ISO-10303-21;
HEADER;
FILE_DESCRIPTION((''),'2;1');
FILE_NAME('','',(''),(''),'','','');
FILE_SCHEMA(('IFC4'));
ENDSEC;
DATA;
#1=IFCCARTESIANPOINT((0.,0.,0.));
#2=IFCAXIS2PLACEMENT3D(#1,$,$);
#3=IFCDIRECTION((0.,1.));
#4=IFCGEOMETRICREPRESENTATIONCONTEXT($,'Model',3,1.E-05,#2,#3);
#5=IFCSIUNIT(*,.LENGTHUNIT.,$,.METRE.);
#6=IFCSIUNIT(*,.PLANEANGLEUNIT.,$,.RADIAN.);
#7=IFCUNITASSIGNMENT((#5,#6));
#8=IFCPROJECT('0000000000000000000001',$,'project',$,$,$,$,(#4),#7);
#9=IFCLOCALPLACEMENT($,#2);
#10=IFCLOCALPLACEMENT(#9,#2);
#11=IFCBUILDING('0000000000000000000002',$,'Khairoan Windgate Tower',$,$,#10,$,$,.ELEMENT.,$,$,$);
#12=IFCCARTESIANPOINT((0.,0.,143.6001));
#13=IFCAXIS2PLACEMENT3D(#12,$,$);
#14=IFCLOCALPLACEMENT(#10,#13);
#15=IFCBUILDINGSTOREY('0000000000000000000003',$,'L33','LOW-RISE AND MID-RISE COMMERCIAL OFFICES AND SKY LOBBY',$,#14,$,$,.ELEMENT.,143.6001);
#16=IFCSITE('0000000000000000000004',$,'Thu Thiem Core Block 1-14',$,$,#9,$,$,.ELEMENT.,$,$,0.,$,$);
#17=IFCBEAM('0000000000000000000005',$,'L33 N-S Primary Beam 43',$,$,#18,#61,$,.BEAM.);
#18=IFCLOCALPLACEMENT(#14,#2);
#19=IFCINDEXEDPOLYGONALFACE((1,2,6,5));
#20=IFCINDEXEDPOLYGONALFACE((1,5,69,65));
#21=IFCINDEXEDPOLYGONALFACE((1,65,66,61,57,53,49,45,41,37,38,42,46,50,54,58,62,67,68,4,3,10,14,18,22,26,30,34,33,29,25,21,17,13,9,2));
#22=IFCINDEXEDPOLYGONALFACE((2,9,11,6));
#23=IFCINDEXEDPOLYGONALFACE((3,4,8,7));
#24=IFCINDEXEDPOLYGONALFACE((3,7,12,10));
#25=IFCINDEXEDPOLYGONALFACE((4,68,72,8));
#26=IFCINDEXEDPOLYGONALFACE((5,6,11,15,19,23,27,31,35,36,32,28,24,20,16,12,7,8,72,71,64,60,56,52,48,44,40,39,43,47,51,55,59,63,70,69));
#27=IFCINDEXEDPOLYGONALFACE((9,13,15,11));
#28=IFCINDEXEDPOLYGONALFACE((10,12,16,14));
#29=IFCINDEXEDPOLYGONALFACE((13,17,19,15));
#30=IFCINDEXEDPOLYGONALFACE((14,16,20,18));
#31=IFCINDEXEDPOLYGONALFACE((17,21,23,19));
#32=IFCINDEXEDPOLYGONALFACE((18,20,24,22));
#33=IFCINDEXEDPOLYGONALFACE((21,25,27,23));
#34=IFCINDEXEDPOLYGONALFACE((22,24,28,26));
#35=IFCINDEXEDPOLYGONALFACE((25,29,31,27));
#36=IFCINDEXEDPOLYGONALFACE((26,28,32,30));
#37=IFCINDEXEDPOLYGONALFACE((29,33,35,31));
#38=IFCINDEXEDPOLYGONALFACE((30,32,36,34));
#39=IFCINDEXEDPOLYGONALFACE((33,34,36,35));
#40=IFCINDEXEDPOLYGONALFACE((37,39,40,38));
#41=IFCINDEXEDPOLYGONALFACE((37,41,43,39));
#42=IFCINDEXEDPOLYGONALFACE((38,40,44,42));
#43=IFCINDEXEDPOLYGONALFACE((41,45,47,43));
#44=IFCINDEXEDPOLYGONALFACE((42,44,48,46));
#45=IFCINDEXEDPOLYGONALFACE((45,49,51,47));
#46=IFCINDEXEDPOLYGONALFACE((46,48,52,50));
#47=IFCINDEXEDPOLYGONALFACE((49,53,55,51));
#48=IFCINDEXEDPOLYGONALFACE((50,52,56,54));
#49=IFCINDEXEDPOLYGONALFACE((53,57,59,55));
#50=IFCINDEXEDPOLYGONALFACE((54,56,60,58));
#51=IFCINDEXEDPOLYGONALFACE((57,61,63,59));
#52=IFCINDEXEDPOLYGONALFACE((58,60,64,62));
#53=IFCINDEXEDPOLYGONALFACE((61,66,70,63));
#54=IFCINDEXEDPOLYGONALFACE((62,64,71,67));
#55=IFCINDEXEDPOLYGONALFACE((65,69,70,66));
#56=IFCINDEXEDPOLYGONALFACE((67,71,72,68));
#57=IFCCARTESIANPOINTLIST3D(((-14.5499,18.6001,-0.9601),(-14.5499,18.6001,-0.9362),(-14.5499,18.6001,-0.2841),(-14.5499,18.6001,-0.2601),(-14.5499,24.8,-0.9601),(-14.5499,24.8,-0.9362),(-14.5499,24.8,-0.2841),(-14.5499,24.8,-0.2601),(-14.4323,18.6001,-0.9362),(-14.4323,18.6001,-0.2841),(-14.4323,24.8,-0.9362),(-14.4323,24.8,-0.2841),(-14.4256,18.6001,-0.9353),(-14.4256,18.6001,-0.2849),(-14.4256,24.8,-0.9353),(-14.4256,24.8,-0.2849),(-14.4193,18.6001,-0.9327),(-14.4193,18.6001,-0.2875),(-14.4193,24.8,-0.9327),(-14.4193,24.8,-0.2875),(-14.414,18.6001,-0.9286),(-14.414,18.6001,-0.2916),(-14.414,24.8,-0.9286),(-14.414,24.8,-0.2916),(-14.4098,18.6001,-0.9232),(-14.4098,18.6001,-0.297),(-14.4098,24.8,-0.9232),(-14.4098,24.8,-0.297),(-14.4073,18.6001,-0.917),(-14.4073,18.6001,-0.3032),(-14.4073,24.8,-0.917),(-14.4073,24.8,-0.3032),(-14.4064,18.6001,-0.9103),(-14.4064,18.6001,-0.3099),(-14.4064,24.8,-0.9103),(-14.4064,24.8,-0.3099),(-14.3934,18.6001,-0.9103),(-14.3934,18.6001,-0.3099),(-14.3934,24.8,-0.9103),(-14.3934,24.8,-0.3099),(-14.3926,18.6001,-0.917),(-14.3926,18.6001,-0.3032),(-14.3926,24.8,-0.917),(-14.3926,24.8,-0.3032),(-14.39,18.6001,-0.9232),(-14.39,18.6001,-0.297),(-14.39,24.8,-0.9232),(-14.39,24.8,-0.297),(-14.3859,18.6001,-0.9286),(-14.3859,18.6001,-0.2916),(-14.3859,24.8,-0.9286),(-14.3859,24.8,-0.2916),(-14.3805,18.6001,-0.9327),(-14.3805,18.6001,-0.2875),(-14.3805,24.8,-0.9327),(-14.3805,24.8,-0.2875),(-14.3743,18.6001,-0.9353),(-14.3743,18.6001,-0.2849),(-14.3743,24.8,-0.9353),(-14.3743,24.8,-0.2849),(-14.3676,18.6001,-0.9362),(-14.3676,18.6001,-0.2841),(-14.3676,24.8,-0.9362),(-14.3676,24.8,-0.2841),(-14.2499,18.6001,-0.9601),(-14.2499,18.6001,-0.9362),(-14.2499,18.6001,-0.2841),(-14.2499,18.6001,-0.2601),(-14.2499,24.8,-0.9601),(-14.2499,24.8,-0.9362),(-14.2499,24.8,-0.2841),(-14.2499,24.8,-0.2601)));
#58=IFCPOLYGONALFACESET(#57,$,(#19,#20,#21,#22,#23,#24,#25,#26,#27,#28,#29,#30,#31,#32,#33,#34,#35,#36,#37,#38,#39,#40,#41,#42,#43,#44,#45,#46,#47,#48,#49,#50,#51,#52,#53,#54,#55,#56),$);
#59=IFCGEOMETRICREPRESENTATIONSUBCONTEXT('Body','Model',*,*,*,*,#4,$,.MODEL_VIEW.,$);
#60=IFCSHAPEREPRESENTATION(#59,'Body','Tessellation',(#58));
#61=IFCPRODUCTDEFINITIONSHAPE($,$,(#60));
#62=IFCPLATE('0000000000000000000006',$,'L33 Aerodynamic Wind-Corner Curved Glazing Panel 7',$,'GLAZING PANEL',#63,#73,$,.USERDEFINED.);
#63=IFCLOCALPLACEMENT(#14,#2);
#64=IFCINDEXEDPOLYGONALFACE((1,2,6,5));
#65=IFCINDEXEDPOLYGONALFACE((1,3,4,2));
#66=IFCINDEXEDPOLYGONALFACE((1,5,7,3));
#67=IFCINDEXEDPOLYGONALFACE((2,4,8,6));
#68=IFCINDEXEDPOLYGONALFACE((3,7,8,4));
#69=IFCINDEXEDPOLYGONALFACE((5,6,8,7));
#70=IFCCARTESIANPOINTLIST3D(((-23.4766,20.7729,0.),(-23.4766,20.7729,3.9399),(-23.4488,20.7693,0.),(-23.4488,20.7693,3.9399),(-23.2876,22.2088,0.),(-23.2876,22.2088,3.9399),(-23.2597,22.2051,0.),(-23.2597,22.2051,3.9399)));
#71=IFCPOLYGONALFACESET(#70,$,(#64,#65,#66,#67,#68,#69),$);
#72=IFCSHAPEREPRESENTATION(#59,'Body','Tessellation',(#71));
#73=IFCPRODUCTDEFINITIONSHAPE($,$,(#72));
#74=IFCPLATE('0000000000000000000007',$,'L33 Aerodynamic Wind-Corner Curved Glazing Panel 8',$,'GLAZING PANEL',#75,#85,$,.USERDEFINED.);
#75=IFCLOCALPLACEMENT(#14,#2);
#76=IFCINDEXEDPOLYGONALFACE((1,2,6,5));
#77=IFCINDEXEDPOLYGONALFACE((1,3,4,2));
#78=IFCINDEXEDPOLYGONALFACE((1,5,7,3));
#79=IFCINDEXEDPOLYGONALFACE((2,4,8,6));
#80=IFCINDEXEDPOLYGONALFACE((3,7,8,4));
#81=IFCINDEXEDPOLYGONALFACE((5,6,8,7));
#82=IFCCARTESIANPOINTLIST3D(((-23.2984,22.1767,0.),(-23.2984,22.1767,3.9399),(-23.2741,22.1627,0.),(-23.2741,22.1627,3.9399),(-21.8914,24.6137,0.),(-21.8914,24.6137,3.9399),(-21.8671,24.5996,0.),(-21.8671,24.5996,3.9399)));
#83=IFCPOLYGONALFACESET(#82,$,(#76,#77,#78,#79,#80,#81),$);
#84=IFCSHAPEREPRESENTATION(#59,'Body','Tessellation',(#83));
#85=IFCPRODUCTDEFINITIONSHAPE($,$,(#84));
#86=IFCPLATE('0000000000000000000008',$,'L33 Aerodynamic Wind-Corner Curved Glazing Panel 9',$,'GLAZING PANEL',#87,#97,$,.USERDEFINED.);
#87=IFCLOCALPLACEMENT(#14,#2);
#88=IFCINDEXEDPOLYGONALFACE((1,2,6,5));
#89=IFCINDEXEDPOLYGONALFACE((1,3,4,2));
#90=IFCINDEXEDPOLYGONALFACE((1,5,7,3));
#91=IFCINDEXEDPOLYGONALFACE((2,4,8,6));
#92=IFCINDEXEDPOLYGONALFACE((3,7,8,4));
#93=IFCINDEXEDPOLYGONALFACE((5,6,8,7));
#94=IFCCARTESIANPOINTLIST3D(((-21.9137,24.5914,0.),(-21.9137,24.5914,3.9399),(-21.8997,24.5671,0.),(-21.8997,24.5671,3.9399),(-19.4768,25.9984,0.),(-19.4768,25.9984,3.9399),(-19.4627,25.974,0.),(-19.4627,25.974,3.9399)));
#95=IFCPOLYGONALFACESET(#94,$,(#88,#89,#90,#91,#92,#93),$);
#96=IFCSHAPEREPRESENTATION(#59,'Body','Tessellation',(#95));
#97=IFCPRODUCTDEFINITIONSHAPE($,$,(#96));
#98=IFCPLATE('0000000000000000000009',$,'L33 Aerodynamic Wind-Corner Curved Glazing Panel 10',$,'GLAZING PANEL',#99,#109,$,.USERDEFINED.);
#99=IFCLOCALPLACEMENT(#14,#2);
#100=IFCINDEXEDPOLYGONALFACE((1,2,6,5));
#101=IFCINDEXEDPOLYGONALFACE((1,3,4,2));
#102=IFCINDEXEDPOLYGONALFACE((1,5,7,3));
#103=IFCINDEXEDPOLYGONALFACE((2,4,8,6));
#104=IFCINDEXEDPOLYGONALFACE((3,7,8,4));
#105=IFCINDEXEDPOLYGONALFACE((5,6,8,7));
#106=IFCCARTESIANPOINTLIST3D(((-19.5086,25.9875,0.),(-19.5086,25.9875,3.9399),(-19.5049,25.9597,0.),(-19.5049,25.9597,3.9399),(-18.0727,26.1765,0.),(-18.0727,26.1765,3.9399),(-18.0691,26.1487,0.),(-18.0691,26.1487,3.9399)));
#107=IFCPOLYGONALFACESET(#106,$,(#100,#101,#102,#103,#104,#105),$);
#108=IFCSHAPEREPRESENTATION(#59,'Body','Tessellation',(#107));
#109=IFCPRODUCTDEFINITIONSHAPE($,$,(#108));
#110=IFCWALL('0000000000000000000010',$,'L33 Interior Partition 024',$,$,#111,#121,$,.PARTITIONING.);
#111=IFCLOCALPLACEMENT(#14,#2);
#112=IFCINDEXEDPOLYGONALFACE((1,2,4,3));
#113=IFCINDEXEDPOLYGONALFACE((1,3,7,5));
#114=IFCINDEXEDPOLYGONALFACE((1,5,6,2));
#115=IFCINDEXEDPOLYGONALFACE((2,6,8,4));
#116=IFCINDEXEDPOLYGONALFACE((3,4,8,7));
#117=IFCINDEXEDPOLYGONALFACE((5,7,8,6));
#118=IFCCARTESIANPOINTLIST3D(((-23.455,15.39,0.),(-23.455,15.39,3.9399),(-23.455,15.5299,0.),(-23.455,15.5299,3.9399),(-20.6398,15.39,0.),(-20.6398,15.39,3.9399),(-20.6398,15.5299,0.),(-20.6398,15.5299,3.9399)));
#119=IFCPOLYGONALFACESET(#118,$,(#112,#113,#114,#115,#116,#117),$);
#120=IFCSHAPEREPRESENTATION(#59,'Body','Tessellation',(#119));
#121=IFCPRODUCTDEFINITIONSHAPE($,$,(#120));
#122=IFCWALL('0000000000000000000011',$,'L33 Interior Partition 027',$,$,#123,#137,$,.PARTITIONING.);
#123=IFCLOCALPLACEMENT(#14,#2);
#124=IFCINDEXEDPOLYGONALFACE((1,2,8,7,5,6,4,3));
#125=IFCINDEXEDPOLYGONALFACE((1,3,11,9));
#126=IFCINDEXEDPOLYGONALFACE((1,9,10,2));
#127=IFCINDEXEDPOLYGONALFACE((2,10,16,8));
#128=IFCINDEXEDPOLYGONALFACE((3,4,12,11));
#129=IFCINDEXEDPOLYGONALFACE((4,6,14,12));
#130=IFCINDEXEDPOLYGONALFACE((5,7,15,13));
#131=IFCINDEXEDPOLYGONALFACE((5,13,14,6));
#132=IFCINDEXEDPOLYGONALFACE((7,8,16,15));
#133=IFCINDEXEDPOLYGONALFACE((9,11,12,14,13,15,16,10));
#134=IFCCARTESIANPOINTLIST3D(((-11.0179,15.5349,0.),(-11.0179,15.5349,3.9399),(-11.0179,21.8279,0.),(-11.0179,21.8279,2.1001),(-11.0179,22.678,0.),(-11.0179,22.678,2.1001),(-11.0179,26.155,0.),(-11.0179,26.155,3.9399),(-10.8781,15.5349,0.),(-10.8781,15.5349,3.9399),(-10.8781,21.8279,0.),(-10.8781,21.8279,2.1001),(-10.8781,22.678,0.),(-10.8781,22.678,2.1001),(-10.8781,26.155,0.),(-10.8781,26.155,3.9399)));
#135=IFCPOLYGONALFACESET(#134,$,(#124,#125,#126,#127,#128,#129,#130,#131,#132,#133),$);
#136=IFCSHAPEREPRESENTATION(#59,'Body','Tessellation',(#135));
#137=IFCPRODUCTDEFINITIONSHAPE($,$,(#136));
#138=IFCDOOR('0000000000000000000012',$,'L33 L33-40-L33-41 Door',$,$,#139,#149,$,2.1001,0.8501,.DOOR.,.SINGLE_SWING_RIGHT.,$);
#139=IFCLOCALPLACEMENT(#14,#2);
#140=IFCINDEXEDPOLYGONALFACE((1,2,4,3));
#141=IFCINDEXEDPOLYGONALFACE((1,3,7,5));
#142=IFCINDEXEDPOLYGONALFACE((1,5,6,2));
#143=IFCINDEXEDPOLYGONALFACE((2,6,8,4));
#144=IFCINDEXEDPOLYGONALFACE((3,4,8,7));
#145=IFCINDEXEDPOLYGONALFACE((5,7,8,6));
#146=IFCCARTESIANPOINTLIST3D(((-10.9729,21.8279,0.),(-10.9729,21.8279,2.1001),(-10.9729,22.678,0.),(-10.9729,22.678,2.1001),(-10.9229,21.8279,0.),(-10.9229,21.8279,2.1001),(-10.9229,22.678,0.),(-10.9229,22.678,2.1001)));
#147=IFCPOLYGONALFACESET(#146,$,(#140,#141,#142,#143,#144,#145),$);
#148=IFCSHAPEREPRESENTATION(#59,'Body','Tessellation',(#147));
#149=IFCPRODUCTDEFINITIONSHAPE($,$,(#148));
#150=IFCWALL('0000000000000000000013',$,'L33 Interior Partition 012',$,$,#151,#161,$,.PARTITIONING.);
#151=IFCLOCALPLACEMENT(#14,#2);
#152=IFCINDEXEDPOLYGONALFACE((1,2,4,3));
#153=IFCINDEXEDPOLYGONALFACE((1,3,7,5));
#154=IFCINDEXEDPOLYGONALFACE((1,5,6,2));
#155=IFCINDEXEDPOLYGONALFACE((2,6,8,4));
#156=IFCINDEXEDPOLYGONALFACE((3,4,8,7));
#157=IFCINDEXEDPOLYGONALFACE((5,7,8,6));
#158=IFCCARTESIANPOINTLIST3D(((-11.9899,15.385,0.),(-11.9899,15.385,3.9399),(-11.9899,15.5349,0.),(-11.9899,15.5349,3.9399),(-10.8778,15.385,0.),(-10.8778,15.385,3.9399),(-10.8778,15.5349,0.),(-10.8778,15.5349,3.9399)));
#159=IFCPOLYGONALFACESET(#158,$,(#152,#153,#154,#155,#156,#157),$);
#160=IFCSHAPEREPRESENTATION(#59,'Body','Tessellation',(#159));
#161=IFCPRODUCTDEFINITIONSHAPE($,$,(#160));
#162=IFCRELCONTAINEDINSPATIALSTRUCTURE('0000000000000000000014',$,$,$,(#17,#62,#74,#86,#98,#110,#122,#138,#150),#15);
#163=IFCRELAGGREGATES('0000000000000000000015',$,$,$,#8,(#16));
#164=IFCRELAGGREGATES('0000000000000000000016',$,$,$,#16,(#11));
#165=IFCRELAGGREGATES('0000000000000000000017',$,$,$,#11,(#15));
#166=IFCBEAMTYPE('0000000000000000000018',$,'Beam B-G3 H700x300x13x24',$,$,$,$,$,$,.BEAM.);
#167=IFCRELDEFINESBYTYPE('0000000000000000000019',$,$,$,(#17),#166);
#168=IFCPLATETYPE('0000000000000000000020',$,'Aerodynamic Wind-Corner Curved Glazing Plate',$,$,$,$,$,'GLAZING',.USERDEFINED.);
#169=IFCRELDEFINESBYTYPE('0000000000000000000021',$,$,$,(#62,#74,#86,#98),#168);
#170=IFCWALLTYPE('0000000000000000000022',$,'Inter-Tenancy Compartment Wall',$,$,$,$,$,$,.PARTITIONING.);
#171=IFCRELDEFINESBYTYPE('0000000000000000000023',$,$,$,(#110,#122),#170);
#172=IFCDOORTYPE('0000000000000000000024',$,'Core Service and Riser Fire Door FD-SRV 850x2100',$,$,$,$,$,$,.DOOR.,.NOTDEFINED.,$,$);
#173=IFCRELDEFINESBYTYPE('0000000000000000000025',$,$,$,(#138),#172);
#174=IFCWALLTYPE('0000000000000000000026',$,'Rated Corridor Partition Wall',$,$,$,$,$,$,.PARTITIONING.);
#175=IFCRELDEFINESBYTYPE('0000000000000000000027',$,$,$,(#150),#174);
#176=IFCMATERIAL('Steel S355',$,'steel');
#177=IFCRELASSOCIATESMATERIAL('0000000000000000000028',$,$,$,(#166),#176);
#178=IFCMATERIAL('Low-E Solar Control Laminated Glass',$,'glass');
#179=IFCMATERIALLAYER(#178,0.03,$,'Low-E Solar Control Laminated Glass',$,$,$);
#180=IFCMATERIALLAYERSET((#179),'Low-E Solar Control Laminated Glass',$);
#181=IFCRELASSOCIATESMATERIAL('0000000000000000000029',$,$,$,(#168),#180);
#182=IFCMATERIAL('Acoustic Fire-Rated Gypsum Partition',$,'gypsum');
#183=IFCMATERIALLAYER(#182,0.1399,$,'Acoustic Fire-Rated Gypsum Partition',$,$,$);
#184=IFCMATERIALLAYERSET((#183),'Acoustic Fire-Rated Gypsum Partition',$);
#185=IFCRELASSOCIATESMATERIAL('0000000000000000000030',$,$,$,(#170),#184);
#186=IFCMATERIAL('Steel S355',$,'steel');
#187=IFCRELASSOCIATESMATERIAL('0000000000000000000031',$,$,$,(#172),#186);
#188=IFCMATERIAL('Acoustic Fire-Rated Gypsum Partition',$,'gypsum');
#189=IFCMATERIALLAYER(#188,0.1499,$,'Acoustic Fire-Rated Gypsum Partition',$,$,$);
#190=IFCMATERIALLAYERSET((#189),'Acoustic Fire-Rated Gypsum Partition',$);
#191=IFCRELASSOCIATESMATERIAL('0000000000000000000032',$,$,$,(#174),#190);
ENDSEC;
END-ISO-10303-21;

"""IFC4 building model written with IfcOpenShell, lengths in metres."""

from ifc_helpers import new_model, si_unit, direction, frame, frame_2d, origin, origin_2d, place, context, subcontext, project, spatial, rectangle, i_section, extrude, material, layer, layer_set, material_profile, profile_set, type_object, element, fill, save


model = new_model("IFC4")

# Units and contexts
model_context = context("Model", 3, precision=1e-05, world=origin(), true_north=direction((0.0, 1.0)))
body_context = subcontext(model_context, "Body", "Model", "MODEL_VIEW")
ifc_project = project(units=[si_unit("LENGTHUNIT", "METRE"), si_unit("PLANEANGLEUNIT", "RADIAN")], contexts=[model_context])

# Site, building, storey
site_placement = place(None, origin())
site = spatial("IfcSite", under=ifc_project, at=site_placement, Name="Thu Thiem Core Block 1-14", CompositionType="ELEMENT", RefElevation=0.0)
building_placement = place(site_placement, origin())
building = spatial("IfcBuilding", under=site, at=building_placement, Name="Khairoan Windgate Tower", CompositionType="ELEMENT")
storey_placement = place(building_placement, frame((0.0, 0.0, 143.6001)))
storey = spatial("IfcBuildingStorey", under=building, at=storey_placement, Name="L33", Description="LOW-RISE AND MID-RISE COMMERCIAL OFFICES AND SKY LOBBY", CompositionType="ELEMENT", Elevation=143.6001)

# Beam
ifc_material_1 = material(Name="Steel S355", Category="steel")
ifc_material_profile_1 = material_profile(ifc_material_1, i_section(OverallWidth=0.3, OverallDepth=0.7, WebThickness=0.0129, FlangeThickness=0.0239, FilletRadius=0.0259, at=origin_2d()))
ifc_profile_set_1 = profile_set([ifc_material_profile_1], Name="Steel S355")
beam_type = type_object("IfcBeamType", Name="Beam B-G3 H700x300x13x24", PredefinedType="BEAM", material=ifc_profile_set_1)
beam_1_placement = place(storey_placement, frame((-14.3999, 18.6001, -0.6101), z_axis=(0.0, 1.0, 0.0), x_axis=(-1.0, 0.0, 0.0)))
element("IfcBeam", 1, at=beam_1_placement, inside=storey, type_object=beam_type, Name="L33 N-S Primary Beam 43", PredefinedType="BEAM", context=body_context, shape_type="SweptSolid", body=[
    extrude(i_section(OverallWidth=0.3, OverallDepth=0.7, WebThickness=0.0129, FlangeThickness=0.0239, FilletRadius=0.0259, at=origin_2d()), origin(), (0.0, 0.0, 1.0), 6.2),
])

# Plates
ifc_material_2 = material(Name="Low-E Solar Control Laminated Glass", Category="glass")
ifc_layer_1 = layer(ifc_material_2, 0.03, Name="Low-E Solar Control Laminated Glass")
ifc_layer_set_1 = layer_set([ifc_layer_1], Name="Low-E Solar Control Laminated Glass")
plate_type_1 = type_object("IfcPlateType", Name="Aerodynamic Wind-Corner Curved Glazing Plate", ElementType="GLAZING", PredefinedType="USERDEFINED", material=ifc_layer_set_1)
plate_1_placement = place(storey_placement, frame((-23.3682, 21.489, 0.0), z_axis=(0.0, 0.0, 1.0), x_axis=(0.130526, 0.991445, 0.0)))
element("IfcPlate", 2, at=plate_1_placement, inside=storey, type_object=plate_type_1, Name="L33 Aerodynamic Wind-Corner Curved Glazing Panel 7", ObjectType="GLAZING PANEL", PredefinedType="USERDEFINED", context=body_context, shape_type="SweptSolid", body=[
    extrude(rectangle(XDim=1.4482, YDim=0.0281, at=origin_2d()), origin(), (0.0, 0.0, 1.0), 3.9399),
])
for number, where, z_axis, x_axis, name in (
    (3, (-22.5828, 23.3882, 0.0), (0.0, 0.0, 1.0), (0.5, 0.866025, 0.0), "L33 Aerodynamic Wind-Corner Curved Glazing Panel 8"),
    (4, (-20.6882, 25.2827, 0.0), (0.0, 0.0, 1.0), (0.866025, 0.5, 0.0), "L33 Aerodynamic Wind-Corner Curved Glazing Panel 9"),
):
    element("IfcPlate", number, at=place(storey_placement, frame(where, z_axis=z_axis, x_axis=x_axis)), inside=storey, type_object=plate_type_1, Name=name, ObjectType="GLAZING PANEL", PredefinedType="USERDEFINED", context=body_context, shape_type="SweptSolid", body=[
        extrude(rectangle(XDim=2.814, YDim=0.0281, at=origin_2d()), origin(), (0.0, 0.0, 1.0), 3.9399),
    ])
plate_2_placement = place(storey_placement, frame((-18.7888, 26.0681, 0.0), z_axis=(0.0, 0.0, 1.0), x_axis=(0.991445, 0.130526, 0.0)))
element("IfcPlate", 5, at=plate_2_placement, inside=storey, type_object=plate_type_1, Name="L33 Aerodynamic Wind-Corner Curved Glazing Panel 10", ObjectType="GLAZING PANEL", PredefinedType="USERDEFINED", context=body_context, shape_type="SweptSolid", body=[
    extrude(rectangle(XDim=1.4482, YDim=0.0281, at=origin_2d()), origin(), (0.0, 0.0, 1.0), 3.9399),
])

# Wall
ifc_material_3 = material(Name="Acoustic Fire-Rated Gypsum Partition", Category="gypsum")
ifc_layer_2 = layer(ifc_material_3, 0.1399, Name="Acoustic Fire-Rated Gypsum Partition")
ifc_layer_set_2 = layer_set([ifc_layer_2], Name="Acoustic Fire-Rated Gypsum Partition")
wall_type_1 = type_object("IfcWallType", Name="Inter-Tenancy Compartment Wall", PredefinedType="PARTITIONING", material=ifc_layer_set_2)
wall_1_placement = place(storey_placement, frame((-23.4551, 15.46, 0.0), z_axis=(0.0, 0.0, 1.0), x_axis=(1.0, 0.0, 0.0)))
element("IfcWall", 6, at=wall_1_placement, inside=storey, type_object=wall_type_1, Name="L33 Interior Partition 024", PredefinedType="PARTITIONING", context=body_context, shape_type="SweptSolid", body=[
    extrude(rectangle(XDim=2.8152, YDim=0.1399, at=frame_2d((1.4077, 0.0))), origin(), (0.0, 0.0, 1.0), 3.9399),
])

# Wall, opening, door
wall_2_placement = place(storey_placement, frame((-10.948, 15.5349, 0.0), z_axis=(0.0, 0.0, 1.0), x_axis=(0.0, 1.0, 0.0)))
wall_2 = element("IfcWall", 7, at=wall_2_placement, inside=storey, type_object=wall_type_1, Name="L33 Interior Partition 027", PredefinedType="PARTITIONING", context=body_context, shape_type="SweptSolid", body=[
    extrude(rectangle(XDim=10.6201, YDim=0.1399, at=frame_2d((5.3101, 0.0))), origin(), (0.0, 0.0, 1.0), 3.9399),
])
opening_1_placement = place(wall_2_placement, frame((6.293, 0.0, 0.0)))
opening_1 = element("IfcOpeningElement", 8, at=opening_1_placement, cuts=wall_2, PredefinedType="OPENING", context=body_context, shape_type="SweptSolid", body=[
    extrude(rectangle(XDim=0.8501, YDim=2.1001, at=frame_2d((0.425, 1.05))), frame((0.0, 0.0798, 0.0), z_axis=(0.0, -1.0, 0.0), x_axis=(1.0, 0.0, 0.0)), (0.0, 0.0, 1.0), 0.1599),
])
ifc_material_4 = material(Name="Steel S355", Category="steel")
door_type_1 = type_object("IfcDoorType", Name="Core Service and Riser Fire Door FD-SRV 850x2100", OperationType="NOTDEFINED", PredefinedType="DOOR", material=ifc_material_4)
door_1_placement = place(opening_1_placement, origin())
door_1 = element("IfcDoor", 9, at=door_1_placement, inside=storey, type_object=door_type_1, Name="L33 L33-40-L33-41 Door", OperationType="SINGLE_SWING_RIGHT", OverallHeight=2.1001, OverallWidth=0.8501, PredefinedType="DOOR", context=body_context, shape_type="SweptSolid", body=[
    extrude(rectangle(XDim=0.8501, YDim=2.1001, at=frame_2d((0.425, 1.05))), frame((0.0, 0.0249, 0.0), z_axis=(0.0, -1.0, 0.0), x_axis=(1.0, 0.0, 0.0)), (0.0, 0.0, 1.0), 0.05),
])
fill(opening_1, door_1)

# Wall
ifc_material_5 = material(Name="Acoustic Fire-Rated Gypsum Partition", Category="gypsum")
ifc_layer_3 = layer(ifc_material_5, 0.1499, Name="Acoustic Fire-Rated Gypsum Partition")
ifc_layer_set_3 = layer_set([ifc_layer_3], Name="Acoustic Fire-Rated Gypsum Partition")
wall_type_2 = type_object("IfcWallType", Name="Rated Corridor Partition Wall", PredefinedType="PARTITIONING", material=ifc_layer_set_3)
wall_3_placement = place(storey_placement, frame((-11.99, 15.46, 0.0), z_axis=(0.0, 0.0, 1.0), x_axis=(1.0, 0.0, 0.0)))
element("IfcWall", 10, at=wall_3_placement, inside=storey, type_object=wall_type_2, Name="L33 Interior Partition 012", PredefinedType="PARTITIONING", context=body_context, shape_type="SweptSolid", body=[
    extrude(rectangle(XDim=1.1121, YDim=0.1499, at=frame_2d((0.5562, 0.0))), origin(), (0.0, 0.0, 1.0), 3.9399),
])

save(model, "model.ifc")
